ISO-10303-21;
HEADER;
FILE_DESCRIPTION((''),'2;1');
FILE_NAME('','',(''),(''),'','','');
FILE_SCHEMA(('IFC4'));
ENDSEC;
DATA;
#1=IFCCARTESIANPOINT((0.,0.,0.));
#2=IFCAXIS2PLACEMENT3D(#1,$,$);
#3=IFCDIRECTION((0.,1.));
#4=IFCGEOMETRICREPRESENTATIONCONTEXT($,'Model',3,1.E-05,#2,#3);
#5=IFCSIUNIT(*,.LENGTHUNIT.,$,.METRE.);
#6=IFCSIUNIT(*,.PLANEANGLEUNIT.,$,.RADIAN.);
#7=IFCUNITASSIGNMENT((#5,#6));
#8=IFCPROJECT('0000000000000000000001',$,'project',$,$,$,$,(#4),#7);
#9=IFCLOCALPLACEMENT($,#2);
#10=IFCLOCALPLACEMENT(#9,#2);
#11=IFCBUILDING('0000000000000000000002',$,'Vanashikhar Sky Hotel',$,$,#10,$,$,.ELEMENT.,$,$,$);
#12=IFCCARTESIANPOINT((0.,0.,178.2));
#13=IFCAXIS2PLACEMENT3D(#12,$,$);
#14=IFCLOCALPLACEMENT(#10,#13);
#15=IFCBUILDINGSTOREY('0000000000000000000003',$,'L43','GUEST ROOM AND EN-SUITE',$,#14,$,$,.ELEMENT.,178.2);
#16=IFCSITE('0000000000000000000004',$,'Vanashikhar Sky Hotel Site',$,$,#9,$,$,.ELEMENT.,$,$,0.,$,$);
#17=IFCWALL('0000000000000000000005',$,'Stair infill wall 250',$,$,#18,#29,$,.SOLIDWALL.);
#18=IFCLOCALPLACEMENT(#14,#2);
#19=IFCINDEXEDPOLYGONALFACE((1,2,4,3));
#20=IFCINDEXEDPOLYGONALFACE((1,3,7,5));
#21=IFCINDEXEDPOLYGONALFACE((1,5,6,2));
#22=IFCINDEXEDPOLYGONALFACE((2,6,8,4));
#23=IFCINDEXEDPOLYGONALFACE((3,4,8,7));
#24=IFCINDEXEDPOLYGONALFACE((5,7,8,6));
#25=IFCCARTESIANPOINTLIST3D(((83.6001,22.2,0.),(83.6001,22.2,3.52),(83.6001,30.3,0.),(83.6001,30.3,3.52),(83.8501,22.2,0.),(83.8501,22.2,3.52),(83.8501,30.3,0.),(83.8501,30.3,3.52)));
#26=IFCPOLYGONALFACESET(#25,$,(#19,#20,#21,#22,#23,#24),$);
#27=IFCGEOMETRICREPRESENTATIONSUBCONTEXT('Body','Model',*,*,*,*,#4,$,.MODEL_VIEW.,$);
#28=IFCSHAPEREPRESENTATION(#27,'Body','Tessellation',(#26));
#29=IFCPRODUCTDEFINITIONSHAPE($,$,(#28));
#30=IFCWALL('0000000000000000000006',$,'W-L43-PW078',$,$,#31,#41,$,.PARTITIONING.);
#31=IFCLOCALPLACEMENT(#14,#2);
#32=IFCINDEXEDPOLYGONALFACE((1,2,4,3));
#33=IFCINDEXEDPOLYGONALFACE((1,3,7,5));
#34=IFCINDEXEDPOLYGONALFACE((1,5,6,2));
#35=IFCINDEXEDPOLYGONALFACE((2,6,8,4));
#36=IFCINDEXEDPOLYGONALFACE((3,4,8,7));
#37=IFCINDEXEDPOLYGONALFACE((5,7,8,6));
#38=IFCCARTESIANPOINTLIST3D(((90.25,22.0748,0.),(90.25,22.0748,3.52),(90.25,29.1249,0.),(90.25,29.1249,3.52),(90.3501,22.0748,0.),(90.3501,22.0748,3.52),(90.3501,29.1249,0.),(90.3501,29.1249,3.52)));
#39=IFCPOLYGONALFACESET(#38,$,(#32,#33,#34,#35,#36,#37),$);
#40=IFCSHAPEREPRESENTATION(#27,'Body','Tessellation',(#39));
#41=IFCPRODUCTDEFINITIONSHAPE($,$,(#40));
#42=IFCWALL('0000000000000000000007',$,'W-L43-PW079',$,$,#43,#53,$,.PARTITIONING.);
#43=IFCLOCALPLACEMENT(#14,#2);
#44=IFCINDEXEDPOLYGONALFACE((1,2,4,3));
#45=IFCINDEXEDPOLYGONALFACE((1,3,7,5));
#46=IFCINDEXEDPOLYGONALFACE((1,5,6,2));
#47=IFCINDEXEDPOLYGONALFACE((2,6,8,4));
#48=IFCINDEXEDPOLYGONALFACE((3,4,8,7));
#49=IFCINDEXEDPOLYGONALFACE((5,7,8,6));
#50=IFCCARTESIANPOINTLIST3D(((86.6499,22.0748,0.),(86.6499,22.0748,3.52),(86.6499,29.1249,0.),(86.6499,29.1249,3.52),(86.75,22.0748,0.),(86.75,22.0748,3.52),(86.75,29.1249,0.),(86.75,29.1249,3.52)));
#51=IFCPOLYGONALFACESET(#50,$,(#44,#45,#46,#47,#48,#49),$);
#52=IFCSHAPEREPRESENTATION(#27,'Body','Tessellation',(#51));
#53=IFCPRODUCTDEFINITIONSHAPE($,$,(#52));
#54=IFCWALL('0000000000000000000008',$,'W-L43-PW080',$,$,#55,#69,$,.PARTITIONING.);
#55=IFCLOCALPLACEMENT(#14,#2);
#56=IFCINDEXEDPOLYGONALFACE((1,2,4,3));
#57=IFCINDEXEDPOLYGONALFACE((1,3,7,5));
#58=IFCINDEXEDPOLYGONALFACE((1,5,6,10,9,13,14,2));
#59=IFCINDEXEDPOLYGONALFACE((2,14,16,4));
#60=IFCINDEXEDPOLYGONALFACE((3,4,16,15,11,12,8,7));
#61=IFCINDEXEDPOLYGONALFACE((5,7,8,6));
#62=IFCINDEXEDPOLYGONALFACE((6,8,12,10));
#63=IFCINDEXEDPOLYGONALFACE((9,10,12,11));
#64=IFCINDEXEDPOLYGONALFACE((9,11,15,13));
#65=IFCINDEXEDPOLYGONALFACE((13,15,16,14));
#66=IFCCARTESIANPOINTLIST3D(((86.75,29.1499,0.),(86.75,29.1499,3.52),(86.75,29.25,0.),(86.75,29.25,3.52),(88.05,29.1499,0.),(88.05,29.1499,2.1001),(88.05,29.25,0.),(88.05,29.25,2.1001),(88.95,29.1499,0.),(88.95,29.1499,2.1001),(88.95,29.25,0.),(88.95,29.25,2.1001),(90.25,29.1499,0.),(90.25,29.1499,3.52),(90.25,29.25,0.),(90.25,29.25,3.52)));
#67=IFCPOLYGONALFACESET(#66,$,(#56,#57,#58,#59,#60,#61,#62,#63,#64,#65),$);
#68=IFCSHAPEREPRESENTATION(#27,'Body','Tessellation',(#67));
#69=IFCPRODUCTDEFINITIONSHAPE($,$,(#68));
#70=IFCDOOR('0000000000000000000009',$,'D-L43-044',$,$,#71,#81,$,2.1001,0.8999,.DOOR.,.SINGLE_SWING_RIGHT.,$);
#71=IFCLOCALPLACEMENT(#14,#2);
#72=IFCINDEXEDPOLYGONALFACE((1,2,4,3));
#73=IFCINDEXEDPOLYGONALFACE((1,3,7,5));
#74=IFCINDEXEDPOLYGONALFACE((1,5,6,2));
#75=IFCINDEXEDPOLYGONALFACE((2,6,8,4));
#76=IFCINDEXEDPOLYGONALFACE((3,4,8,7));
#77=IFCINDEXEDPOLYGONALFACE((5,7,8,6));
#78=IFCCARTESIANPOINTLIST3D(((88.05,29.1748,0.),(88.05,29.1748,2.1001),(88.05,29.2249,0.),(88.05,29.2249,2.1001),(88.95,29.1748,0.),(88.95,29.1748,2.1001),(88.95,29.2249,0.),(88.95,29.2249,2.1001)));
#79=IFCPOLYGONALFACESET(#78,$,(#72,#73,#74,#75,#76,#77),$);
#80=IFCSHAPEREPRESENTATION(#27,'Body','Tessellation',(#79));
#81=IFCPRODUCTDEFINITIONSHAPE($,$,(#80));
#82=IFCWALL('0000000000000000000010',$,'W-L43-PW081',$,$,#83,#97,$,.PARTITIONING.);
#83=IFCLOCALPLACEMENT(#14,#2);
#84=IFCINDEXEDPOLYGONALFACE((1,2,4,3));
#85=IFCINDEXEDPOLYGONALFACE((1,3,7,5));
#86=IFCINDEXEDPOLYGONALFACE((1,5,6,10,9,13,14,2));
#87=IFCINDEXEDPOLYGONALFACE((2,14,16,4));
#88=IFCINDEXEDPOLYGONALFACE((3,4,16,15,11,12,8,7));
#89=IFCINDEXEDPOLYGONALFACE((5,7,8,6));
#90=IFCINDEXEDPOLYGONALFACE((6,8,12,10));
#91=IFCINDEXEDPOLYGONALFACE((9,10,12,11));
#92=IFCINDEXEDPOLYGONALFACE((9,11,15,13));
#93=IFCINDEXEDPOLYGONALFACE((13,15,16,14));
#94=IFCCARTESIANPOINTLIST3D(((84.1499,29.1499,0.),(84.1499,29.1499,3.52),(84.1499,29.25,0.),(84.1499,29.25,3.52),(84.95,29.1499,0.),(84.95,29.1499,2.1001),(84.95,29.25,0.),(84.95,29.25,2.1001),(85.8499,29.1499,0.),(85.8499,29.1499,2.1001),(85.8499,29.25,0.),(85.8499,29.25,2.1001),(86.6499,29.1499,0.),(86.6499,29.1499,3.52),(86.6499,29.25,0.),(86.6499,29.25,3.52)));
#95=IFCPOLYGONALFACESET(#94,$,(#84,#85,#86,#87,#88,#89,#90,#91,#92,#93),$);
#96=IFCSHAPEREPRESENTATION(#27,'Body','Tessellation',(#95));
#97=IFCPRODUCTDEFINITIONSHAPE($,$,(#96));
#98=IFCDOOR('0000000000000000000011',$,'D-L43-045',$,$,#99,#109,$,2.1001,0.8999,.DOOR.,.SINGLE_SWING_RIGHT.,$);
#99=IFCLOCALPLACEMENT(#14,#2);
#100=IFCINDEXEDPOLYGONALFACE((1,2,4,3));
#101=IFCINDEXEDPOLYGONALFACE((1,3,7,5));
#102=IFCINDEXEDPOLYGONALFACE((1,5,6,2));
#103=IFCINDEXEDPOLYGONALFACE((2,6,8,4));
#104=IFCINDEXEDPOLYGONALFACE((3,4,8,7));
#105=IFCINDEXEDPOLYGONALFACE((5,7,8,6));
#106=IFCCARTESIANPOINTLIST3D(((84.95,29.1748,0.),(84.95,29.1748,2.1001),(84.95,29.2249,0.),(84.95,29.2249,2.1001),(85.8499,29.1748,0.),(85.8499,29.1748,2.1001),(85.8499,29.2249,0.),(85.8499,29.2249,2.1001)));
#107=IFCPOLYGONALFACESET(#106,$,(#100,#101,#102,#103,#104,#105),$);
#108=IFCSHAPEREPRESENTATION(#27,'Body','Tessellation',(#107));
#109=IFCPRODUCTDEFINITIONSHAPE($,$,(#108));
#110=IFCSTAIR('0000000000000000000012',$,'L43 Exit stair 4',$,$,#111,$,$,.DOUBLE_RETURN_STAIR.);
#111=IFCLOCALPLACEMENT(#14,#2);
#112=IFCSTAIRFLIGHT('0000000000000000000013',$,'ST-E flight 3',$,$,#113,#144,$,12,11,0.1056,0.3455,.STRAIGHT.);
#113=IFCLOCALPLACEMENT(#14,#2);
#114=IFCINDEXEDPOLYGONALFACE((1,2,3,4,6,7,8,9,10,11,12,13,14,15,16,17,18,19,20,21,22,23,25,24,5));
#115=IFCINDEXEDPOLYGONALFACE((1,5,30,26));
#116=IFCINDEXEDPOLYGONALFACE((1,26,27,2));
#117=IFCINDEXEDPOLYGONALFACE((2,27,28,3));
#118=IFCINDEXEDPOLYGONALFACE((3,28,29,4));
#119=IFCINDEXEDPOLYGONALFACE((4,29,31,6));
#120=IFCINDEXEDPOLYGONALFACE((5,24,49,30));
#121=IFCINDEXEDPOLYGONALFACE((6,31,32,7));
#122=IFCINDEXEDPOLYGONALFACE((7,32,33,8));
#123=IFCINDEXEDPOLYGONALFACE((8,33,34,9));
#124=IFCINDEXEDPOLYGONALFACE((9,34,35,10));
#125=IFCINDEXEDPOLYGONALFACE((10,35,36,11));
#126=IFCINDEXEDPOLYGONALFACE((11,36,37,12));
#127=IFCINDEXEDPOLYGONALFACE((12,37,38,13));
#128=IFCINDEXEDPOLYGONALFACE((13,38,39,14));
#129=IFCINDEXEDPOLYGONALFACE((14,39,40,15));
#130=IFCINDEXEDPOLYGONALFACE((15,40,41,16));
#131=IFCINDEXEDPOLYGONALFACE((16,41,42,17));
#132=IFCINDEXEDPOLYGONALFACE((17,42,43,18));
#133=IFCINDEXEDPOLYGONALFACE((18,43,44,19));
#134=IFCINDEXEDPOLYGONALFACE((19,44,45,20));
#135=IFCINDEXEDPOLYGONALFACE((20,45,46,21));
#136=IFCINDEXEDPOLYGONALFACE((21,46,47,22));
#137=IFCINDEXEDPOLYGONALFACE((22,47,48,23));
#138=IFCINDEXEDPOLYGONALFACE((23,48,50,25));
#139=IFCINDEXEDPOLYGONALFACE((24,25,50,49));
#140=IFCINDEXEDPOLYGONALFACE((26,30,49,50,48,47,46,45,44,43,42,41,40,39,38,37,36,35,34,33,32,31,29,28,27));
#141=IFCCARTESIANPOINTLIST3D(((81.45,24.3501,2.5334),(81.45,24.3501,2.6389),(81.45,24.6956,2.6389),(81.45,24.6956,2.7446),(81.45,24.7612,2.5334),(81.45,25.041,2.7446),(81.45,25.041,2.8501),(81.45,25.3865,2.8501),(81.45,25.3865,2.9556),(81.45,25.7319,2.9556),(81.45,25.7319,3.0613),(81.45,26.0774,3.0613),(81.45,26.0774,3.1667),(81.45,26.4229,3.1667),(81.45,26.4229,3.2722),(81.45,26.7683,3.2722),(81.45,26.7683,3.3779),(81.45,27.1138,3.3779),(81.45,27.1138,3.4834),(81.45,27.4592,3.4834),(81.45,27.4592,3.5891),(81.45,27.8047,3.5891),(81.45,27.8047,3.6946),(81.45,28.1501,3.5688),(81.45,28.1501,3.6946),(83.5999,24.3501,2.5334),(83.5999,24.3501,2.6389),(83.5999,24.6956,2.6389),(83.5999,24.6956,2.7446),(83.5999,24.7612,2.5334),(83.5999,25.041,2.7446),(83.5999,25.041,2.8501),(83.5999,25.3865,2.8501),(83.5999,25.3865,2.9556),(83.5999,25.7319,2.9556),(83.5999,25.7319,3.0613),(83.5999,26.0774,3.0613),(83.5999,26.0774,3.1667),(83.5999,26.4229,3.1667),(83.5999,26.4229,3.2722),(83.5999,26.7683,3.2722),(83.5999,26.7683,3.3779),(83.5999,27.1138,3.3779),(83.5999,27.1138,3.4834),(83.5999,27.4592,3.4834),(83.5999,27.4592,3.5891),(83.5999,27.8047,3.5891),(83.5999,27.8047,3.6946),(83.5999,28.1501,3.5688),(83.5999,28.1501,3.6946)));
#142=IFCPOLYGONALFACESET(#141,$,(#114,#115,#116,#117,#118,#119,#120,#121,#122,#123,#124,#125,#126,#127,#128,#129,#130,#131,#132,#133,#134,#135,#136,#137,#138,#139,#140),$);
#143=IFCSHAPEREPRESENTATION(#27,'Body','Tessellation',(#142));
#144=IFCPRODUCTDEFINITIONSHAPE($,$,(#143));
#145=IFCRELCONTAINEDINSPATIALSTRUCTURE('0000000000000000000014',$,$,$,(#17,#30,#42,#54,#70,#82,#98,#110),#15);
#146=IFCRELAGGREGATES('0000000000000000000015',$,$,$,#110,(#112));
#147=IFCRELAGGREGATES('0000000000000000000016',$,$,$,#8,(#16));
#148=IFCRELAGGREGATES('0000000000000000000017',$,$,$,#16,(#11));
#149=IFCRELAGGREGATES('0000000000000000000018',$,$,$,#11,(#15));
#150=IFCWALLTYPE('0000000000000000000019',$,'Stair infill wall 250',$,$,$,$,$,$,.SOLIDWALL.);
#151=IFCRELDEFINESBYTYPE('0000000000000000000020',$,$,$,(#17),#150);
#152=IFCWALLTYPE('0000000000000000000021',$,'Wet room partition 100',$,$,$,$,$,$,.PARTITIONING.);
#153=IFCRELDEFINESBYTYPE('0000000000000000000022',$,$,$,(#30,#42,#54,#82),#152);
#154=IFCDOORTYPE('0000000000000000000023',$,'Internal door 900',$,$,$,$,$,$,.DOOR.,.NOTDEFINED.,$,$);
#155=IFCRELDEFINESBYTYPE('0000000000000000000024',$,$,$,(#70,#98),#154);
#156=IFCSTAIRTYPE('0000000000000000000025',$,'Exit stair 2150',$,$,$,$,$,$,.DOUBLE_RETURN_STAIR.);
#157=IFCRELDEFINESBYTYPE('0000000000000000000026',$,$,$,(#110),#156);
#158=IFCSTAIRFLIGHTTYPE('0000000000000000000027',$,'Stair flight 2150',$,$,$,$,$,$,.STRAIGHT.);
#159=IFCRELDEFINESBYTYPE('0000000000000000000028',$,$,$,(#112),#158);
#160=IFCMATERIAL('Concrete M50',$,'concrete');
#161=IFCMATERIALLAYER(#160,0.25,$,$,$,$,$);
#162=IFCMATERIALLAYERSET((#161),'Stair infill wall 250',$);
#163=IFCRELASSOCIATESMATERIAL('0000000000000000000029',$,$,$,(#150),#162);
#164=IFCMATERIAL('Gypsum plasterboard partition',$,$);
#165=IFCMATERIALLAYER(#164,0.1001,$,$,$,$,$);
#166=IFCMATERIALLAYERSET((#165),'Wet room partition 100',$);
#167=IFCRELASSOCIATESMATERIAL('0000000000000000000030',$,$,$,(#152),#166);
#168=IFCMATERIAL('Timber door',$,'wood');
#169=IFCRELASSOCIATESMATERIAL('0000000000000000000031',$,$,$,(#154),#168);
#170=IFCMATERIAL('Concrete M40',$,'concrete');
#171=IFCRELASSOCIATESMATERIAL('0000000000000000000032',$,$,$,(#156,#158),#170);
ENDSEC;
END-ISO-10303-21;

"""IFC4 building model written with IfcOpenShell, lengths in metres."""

from ifc_helpers import new_model, si_unit, direction, frame, frame_2d, origin, place, context, subcontext, project, spatial, polyline, rectangle, outline, extrude, source, transform, mapped, material, layer, layer_set, type_object, element, fill, aggregate, save


model = new_model("IFC4")

# Units and contexts
model_context = context("Model", 3, precision=1e-05, world=origin(), true_north=direction((0.0, 1.0)))
body_context = subcontext(model_context, "Body", "Model", "MODEL_VIEW")
ifc_project = project(units=[si_unit("LENGTHUNIT", "METRE"), si_unit("PLANEANGLEUNIT", "RADIAN")], contexts=[model_context])

# Site, building, storey
site_placement = place(None, origin())
site = spatial("IfcSite", under=ifc_project, at=site_placement, Name="Vanashikhar Sky Hotel Site", CompositionType="ELEMENT", RefElevation=0.0)
building_placement = place(site_placement, origin())
building = spatial("IfcBuilding", under=site, at=building_placement, Name="Vanashikhar Sky Hotel", CompositionType="ELEMENT")
storey_placement = place(building_placement, frame((0.0, 0.0, 178.2)))
storey = spatial("IfcBuildingStorey", under=building, at=storey_placement, Name="L43", Description="GUEST ROOM AND EN-SUITE", CompositionType="ELEMENT", Elevation=178.2)

# Shared definitions
ifc_material_1 = material(Name="Concrete M50", Category="concrete")

# Walls
ifc_layer_1 = layer(ifc_material_1, 0.25)
ifc_layer_set_1 = layer_set([ifc_layer_1], Name="Stair infill wall 250")
wall_type_1 = type_object("IfcWallType", Name="Stair infill wall 250", PredefinedType="SOLIDWALL", material=ifc_layer_set_1)
shared_shape_1 = source(origin(), body_context, "Body", "SweptSolid", [
    extrude(rectangle(XDim=8.1001, YDim=0.25, at=frame_2d((4.05, 0.0))), origin(), (0.0, 0.0, 1.0), 3.52),
])
wall_1_placement = place(storey_placement, frame((83.7251, 22.2, 0.0), z_axis=(0.0, 0.0, 1.0), x_axis=(0.0, 1.0, 0.0)))
element("IfcWall", 1, at=wall_1_placement, inside=storey, type_object=wall_type_1, Name="Stair infill wall 250", PredefinedType="SOLIDWALL", context=body_context, shape_type="MappedRepresentation", body=[
    mapped(shared_shape_1, transform((0.0, 0.0, 0.0), scale=1.0)),
])
ifc_material_2 = material(Name="Gypsum plasterboard partition")
ifc_layer_2 = layer(ifc_material_2, 0.1001)
ifc_layer_set_2 = layer_set([ifc_layer_2], Name="Wet room partition 100")
wall_type_2 = type_object("IfcWallType", Name="Wet room partition 100", PredefinedType="PARTITIONING", material=ifc_layer_set_2)
shared_shape_2 = source(origin(), body_context, "Body", "SweptSolid", [
    extrude(rectangle(XDim=7.05, YDim=0.1001, at=frame_2d((3.5249, 0.0))), origin(), (0.0, 0.0, 1.0), 3.52),
])
for number, where, z_axis, x_axis, name in (
    (2, (90.3, 22.075, 0.0), (0.0, 0.0, 1.0), (0.0, 1.0, 0.0), "W-L43-PW078"),
    (3, (86.7, 22.075, 0.0), (0.0, 0.0, 1.0), (0.0, 1.0, 0.0), "W-L43-PW079"),
):
    element("IfcWall", number, at=place(storey_placement, frame(where, z_axis=z_axis, x_axis=x_axis)), inside=storey, type_object=wall_type_2, Name=name, PredefinedType="PARTITIONING", context=body_context, shape_type="MappedRepresentation", body=[
        mapped(shared_shape_2, transform((0.0, 0.0, 0.0), scale=1.0)),
    ])

# Walls, openings, doors
shared_shape_3 = source(origin(), body_context, "Body", "SweptSolid", [
    extrude(rectangle(XDim=3.5, YDim=0.1001, at=frame_2d((1.75, 0.0))), origin(), (0.0, 0.0, 1.0), 3.52),
])
wall_2_placement = place(storey_placement, frame((86.75, 29.2, 0.0), z_axis=(0.0, 0.0, 1.0), x_axis=(1.0, 0.0, 0.0)))
wall_2 = element("IfcWall", 4, at=wall_2_placement, inside=storey, type_object=wall_type_2, Name="W-L43-PW080", PredefinedType="PARTITIONING", context=body_context, shape_type="MappedRepresentation", body=[
    mapped(shared_shape_3, transform((0.0, 0.0, 0.0), scale=1.0)),
])
shared_shape_4 = source(origin(), body_context, "Body", "SweptSolid", [
    extrude(rectangle(XDim=0.8999, YDim=2.1001, at=frame_2d((0.45, 1.05))), frame((0.0, 0.0601, 0.0), z_axis=(0.0, -1.0, 0.0), x_axis=(1.0, 0.0, 0.0)), (0.0, 0.0, 1.0), 0.1201),
])
opening_1_placement = place(wall_2_placement, frame((1.3, 0.0, 0.0)))
opening_1 = element("IfcOpeningElement", 5, at=opening_1_placement, cuts=wall_2, PredefinedType="OPENING", context=body_context, shape_type="MappedRepresentation", body=[
    mapped(shared_shape_4, transform((0.0, 0.0, 0.0), scale=1.0)),
])
ifc_material_3 = material(Name="Timber door", Category="wood")
door_type_1 = type_object("IfcDoorType", Name="Internal door 900", OperationType="NOTDEFINED", PredefinedType="DOOR", material=ifc_material_3)
shared_shape_5 = source(origin(), body_context, "Body", "SweptSolid", [
    extrude(rectangle(XDim=0.8999, YDim=2.1001, at=frame_2d((0.45, 1.05))), frame((0.0, 0.0249, 0.0), z_axis=(0.0, -1.0, 0.0), x_axis=(1.0, 0.0, 0.0)), (0.0, 0.0, 1.0), 0.05),
])
door_1_placement = place(opening_1_placement, origin())
door_1 = element("IfcDoor", 6, at=door_1_placement, inside=storey, type_object=door_type_1, Name="D-L43-044", OperationType="SINGLE_SWING_RIGHT", OverallHeight=2.1001, OverallWidth=0.8999, PredefinedType="DOOR", context=body_context, shape_type="MappedRepresentation", body=[
    mapped(shared_shape_5, transform((0.0, 0.0, 0.0), scale=1.0)),
])
fill(opening_1, door_1)
shared_shape_6 = source(origin(), body_context, "Body", "SweptSolid", [
    extrude(rectangle(XDim=2.5, YDim=0.1001, at=frame_2d((1.25, 0.0))), origin(), (0.0, 0.0, 1.0), 3.52),
])
wall_3_placement = place(storey_placement, frame((84.1499, 29.2, 0.0), z_axis=(0.0, 0.0, 1.0), x_axis=(1.0, 0.0, 0.0)))
wall_3 = element("IfcWall", 7, at=wall_3_placement, inside=storey, type_object=wall_type_2, Name="W-L43-PW081", PredefinedType="PARTITIONING", context=body_context, shape_type="MappedRepresentation", body=[
    mapped(shared_shape_6, transform((0.0, 0.0, 0.0), scale=1.0)),
])
opening_2_placement = place(wall_3_placement, frame((0.8, 0.0, 0.0)))
opening_2 = element("IfcOpeningElement", 8, at=opening_2_placement, cuts=wall_3, PredefinedType="OPENING", context=body_context, shape_type="MappedRepresentation", body=[
    mapped(shared_shape_4, transform((0.0, 0.0, 0.0), scale=1.0)),
])
door_2_placement = place(opening_2_placement, origin())
door_2 = element("IfcDoor", 9, at=door_2_placement, inside=storey, type_object=door_type_1, Name="D-L43-045", OperationType="SINGLE_SWING_RIGHT", OverallHeight=2.1001, OverallWidth=0.8999, PredefinedType="DOOR", context=body_context, shape_type="MappedRepresentation", body=[
    mapped(shared_shape_5, transform((0.0, 0.0, 0.0), scale=1.0)),
])
fill(opening_2, door_2)

# Stair, stair flight
ifc_material_4 = material(Name="Concrete M40", Category="concrete")
stair_type = type_object("IfcStairType", Name="Exit stair 2150", PredefinedType="DOUBLE_RETURN_STAIR", material=ifc_material_4)
stair_placement = place(storey_placement, origin())
stair = element("IfcStair", 10, at=stair_placement, inside=storey, type_object=stair_type, Name="L43 Exit stair 4", PredefinedType="DOUBLE_RETURN_STAIR")
stair_flight_type = type_object("IfcStairFlightType", Name="Stair flight 2150", PredefinedType="STRAIGHT", material=ifc_material_4)
shared_shape_7 = source(origin(), body_context, "Body", "SweptSolid", [
    extrude(outline(polyline([(0.0, 0.0), (0.0, 0.1055), (0.3455, 0.1055), (0.3455, 0.2112), (0.6909, 0.2112), (0.6909, 0.3167), (1.0364, 0.3167), (1.0364, 0.4221), (1.3818, 0.4221), (1.3818, 0.5278), (1.7273, 0.5278), (1.7273, 0.6333), (2.0728, 0.6333), (2.0728, 0.7388), (2.4182, 0.7388), (2.4182, 0.8445), (2.7637, 0.8445), (2.7637, 0.95), (3.1091, 0.95), (3.1091, 1.0557), (3.4546, 1.0557), (3.4546, 1.1611), (3.8, 1.1611), (3.8, 1.2666), (3.8, 1.0354), (0.4111, 0.0), (0.0, 0.0)])), frame((0.0, 1.075, 0.0), z_axis=(0.0, -1.0, 0.0), x_axis=(1.0, 0.0, 0.0)), (0.0, 0.0, 1.0), 2.1499),
])
stair_flight_placement = place(storey_placement, frame((82.5249, 24.3501, 2.5334), z_axis=(0.0, 0.0, 1.0), x_axis=(0.0, 1.0, 0.0)))
stair_flight = element("IfcStairFlight", 11, at=stair_flight_placement, type_object=stair_flight_type, Name="ST-E flight 3", NumberOfRisers=12, NumberOfTreads=11, PredefinedType="STRAIGHT", RiserHeight=0.1056, TreadLength=0.3455, context=body_context, shape_type="MappedRepresentation", body=[
    mapped(shared_shape_7, transform((0.0, 0.0, 0.0), scale=1.0)),
])
aggregate(stair, [stair_flight])

save(model, "model.ifc")
